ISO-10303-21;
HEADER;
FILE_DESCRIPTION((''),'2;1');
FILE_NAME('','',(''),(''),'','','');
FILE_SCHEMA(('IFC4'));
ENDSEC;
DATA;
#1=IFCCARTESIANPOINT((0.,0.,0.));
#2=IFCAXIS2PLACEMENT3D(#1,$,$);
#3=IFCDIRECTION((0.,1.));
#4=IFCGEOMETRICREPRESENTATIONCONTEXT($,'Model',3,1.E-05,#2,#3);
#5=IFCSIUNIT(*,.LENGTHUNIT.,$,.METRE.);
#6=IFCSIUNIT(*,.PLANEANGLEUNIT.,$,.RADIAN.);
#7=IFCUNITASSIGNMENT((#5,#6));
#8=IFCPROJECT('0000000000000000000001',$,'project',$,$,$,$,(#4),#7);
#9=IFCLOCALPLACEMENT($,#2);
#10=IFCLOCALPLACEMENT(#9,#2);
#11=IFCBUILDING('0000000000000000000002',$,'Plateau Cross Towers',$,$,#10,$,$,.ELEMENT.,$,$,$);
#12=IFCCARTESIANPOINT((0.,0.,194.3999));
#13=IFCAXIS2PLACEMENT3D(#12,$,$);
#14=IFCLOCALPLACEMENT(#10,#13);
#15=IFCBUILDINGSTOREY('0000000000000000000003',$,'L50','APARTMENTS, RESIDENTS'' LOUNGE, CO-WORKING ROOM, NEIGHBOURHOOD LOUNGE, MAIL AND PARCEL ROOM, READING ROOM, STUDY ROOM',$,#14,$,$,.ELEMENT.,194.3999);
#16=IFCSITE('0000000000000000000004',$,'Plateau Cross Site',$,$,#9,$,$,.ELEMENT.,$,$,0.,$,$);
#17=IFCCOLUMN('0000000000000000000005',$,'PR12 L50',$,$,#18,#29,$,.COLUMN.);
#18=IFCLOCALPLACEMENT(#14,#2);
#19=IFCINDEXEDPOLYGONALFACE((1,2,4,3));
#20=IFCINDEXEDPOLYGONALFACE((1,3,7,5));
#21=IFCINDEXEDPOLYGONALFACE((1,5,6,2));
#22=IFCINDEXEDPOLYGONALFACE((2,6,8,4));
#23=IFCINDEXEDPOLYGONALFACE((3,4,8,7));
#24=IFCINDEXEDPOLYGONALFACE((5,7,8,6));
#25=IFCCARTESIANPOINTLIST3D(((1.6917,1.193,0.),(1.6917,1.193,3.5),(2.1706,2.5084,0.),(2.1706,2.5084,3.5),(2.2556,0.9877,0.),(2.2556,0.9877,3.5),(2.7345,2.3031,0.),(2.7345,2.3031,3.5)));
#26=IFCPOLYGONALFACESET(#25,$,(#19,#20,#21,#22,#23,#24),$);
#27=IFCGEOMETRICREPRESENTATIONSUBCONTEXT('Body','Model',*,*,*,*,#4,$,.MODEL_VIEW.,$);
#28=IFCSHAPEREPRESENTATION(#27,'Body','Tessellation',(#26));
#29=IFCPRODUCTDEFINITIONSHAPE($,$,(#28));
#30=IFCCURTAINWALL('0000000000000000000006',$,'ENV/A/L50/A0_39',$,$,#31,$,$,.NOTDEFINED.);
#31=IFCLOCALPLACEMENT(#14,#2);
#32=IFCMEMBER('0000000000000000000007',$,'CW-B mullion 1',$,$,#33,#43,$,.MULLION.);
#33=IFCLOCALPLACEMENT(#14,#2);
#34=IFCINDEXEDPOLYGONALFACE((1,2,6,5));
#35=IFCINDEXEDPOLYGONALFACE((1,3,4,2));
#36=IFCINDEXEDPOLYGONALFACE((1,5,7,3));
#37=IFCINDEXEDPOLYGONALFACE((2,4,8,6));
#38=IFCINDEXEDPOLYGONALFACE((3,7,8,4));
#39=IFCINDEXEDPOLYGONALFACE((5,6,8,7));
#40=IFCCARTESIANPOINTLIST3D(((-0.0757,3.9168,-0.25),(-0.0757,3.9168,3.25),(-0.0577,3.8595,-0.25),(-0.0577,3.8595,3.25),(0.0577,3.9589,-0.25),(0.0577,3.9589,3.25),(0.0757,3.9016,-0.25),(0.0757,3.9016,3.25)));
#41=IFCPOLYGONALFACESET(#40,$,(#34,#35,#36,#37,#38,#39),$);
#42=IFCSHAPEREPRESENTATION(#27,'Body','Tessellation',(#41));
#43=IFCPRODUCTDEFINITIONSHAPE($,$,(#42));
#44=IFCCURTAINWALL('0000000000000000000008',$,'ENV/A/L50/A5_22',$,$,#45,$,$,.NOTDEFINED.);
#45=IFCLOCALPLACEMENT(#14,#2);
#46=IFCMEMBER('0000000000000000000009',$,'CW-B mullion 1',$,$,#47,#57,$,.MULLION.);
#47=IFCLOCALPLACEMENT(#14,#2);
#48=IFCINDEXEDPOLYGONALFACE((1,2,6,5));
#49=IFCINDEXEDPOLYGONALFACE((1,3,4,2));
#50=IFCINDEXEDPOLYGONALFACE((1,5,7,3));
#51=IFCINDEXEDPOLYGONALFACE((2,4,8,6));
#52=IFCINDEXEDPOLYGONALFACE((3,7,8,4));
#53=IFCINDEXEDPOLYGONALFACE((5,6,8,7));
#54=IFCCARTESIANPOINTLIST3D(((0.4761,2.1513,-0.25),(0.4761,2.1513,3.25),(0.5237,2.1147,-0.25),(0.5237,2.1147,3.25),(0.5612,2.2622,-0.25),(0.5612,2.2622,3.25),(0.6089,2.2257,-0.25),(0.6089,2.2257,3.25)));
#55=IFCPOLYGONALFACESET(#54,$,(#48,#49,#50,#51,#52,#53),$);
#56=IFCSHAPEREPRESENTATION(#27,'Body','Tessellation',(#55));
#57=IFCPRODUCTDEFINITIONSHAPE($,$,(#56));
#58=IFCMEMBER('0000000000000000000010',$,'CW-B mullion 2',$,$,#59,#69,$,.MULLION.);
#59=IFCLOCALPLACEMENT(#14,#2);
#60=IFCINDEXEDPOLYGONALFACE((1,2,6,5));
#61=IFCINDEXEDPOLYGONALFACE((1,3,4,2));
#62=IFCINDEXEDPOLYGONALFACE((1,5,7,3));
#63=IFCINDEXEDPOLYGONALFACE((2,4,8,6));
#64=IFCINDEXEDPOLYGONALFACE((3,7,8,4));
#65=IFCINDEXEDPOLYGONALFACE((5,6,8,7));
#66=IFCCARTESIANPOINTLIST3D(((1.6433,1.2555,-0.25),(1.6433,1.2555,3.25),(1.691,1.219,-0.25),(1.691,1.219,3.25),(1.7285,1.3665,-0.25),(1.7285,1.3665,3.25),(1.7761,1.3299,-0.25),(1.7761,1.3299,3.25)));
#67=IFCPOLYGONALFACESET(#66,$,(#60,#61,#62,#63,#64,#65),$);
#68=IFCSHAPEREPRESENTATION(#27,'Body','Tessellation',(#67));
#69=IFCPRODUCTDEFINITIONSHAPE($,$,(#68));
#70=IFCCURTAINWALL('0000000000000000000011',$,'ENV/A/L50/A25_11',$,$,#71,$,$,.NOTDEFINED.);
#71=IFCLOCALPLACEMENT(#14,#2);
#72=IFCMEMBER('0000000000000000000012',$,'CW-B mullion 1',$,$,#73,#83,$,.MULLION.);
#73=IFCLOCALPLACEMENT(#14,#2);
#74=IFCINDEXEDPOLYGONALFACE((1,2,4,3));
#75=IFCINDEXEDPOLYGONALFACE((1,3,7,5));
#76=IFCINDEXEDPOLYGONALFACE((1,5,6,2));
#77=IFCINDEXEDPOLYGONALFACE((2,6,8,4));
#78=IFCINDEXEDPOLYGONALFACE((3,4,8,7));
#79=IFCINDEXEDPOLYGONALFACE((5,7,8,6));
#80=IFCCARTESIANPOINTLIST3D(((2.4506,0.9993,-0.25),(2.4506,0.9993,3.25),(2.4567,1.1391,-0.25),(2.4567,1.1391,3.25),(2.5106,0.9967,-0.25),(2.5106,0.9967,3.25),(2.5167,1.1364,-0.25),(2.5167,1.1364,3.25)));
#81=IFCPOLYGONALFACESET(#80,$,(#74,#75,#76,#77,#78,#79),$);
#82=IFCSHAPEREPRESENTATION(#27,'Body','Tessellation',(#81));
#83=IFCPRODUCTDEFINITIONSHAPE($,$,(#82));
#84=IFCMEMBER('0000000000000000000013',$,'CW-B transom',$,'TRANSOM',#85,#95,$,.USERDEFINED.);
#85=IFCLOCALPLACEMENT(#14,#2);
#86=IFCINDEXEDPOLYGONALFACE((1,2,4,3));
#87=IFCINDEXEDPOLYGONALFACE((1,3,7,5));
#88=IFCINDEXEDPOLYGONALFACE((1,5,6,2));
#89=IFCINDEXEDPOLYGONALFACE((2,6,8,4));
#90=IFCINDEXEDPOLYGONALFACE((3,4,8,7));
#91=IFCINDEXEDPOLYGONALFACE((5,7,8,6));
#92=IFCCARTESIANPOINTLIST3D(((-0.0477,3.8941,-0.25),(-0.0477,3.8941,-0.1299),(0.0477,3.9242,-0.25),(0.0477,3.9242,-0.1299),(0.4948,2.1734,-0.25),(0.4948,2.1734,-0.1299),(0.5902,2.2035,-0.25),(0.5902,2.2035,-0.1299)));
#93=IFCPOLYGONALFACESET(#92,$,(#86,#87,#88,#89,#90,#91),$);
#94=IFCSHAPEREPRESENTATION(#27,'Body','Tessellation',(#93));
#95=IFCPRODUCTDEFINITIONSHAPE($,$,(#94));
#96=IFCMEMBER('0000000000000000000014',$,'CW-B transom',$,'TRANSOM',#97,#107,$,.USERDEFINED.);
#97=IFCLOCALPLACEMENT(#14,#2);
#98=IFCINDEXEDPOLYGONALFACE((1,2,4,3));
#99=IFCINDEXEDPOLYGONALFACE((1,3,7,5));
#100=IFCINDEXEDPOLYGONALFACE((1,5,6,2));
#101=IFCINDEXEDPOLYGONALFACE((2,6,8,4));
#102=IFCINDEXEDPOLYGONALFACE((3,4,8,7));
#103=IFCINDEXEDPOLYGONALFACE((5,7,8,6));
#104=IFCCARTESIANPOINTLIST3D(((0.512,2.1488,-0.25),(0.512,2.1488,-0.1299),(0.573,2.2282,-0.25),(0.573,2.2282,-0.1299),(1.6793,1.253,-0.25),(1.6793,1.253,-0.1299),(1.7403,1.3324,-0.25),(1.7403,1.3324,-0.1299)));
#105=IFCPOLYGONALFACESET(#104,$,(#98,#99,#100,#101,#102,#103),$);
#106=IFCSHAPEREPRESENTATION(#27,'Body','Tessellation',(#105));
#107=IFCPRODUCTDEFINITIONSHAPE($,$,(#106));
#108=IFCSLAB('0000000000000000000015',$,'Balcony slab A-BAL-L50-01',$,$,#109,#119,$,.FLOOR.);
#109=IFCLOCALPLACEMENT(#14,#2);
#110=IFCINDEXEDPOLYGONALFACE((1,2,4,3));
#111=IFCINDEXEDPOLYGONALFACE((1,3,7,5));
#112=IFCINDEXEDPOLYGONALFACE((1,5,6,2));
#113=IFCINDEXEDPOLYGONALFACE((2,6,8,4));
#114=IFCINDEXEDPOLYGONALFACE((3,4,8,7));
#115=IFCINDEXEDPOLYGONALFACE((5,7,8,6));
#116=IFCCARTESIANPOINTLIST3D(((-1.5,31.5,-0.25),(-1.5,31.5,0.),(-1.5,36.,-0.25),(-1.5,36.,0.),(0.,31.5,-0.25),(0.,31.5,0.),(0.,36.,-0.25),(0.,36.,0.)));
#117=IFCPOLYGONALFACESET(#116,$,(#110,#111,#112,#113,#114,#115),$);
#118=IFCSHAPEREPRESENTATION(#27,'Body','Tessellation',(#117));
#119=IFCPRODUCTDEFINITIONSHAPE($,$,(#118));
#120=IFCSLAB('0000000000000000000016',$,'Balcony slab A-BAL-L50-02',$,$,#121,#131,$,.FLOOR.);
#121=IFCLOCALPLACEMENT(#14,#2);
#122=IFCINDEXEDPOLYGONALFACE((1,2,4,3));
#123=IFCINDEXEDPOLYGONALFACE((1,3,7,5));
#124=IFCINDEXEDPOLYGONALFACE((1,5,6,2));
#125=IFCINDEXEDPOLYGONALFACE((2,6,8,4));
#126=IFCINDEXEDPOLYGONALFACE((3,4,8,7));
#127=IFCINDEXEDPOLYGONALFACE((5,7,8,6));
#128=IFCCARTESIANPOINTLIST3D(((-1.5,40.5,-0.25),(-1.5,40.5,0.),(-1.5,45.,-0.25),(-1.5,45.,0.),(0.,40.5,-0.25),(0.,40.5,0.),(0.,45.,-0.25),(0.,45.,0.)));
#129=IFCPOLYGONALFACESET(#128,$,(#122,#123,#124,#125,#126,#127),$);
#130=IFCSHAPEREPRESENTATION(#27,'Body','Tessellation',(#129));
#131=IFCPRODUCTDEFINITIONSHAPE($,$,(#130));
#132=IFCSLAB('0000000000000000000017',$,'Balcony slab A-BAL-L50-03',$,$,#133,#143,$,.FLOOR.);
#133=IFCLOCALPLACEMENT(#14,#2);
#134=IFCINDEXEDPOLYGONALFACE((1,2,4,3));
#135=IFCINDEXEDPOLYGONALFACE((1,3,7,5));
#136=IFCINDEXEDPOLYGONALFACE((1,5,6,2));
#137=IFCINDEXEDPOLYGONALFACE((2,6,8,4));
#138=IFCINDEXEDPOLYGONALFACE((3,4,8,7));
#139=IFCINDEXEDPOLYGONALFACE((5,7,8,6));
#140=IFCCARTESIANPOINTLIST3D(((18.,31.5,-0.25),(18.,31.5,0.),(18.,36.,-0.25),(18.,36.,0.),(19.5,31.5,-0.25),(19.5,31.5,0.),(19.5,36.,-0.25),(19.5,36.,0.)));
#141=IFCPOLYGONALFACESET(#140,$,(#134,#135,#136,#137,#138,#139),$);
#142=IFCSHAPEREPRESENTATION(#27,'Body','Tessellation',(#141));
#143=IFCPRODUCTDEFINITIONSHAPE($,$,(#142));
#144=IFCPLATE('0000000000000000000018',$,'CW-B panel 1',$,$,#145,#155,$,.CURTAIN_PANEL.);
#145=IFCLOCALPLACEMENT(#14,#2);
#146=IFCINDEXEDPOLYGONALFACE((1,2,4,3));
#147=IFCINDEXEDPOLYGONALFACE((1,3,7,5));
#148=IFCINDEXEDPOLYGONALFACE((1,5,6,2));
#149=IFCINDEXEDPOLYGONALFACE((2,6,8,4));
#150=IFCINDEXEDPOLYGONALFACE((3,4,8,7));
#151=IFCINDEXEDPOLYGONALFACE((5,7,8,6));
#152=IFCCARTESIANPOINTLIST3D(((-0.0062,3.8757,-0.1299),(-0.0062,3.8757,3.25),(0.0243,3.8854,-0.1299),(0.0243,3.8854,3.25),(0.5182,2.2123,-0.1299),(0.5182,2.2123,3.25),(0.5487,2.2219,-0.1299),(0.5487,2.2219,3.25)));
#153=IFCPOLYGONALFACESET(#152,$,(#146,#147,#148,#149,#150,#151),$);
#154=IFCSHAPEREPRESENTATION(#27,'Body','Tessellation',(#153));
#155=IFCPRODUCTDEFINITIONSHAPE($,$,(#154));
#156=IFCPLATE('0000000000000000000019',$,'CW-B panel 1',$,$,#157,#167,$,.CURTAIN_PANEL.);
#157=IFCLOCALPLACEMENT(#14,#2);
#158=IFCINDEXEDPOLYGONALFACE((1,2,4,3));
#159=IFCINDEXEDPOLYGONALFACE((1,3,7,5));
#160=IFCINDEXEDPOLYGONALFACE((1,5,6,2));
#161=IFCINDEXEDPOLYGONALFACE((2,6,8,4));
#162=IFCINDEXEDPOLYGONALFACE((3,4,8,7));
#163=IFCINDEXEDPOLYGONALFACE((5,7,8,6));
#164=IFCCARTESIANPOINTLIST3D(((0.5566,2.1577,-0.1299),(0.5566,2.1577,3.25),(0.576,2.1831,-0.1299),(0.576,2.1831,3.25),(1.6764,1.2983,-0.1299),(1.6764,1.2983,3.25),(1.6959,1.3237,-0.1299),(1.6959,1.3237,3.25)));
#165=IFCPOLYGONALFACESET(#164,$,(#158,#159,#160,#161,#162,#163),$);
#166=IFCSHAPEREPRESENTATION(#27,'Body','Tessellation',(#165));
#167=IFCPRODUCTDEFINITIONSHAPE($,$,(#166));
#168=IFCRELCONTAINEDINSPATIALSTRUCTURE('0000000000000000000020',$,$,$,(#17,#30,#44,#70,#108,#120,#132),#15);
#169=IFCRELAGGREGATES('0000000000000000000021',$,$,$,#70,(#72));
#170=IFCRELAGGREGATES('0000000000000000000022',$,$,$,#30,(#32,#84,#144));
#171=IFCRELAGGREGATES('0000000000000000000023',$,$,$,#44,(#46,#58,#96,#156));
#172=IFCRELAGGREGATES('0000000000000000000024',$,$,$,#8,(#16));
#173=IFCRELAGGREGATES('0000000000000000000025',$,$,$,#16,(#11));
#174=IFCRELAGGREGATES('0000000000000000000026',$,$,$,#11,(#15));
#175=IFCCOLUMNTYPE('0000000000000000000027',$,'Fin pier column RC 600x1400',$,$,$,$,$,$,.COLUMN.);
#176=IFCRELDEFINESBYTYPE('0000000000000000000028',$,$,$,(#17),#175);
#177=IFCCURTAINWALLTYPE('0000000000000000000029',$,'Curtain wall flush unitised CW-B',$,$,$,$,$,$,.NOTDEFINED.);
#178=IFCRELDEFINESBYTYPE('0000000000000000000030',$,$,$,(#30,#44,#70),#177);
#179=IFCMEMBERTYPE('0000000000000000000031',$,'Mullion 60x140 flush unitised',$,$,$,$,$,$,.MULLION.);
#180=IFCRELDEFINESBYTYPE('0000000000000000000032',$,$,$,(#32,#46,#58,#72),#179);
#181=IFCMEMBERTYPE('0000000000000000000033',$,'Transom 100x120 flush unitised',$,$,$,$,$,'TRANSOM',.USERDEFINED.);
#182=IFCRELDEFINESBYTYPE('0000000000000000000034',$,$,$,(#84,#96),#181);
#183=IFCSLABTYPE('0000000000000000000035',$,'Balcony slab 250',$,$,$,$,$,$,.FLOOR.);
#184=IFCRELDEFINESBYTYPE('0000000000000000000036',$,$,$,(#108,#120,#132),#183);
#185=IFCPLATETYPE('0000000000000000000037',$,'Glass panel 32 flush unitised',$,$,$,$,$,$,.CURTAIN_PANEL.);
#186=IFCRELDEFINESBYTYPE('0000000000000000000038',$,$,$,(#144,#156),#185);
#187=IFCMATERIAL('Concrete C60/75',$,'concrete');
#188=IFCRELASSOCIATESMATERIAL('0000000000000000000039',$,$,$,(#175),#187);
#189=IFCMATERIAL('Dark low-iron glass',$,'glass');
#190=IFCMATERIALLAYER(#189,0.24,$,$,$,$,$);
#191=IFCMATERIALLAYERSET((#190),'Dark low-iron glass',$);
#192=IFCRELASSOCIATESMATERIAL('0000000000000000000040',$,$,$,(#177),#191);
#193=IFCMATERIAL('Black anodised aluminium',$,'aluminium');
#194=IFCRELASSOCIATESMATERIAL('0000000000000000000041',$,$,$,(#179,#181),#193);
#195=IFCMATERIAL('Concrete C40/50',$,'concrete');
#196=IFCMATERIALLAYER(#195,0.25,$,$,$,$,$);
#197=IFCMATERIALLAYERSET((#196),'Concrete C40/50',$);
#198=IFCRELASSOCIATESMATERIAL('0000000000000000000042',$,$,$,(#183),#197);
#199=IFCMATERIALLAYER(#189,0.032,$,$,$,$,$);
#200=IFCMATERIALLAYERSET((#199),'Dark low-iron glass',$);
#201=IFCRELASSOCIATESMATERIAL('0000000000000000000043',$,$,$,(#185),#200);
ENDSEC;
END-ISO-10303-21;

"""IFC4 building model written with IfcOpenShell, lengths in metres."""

from ifc_helpers import new_model, si_unit, direction, frame, origin, origin_2d, place, context, subcontext, project, spatial, polyline, rectangle, outline, extrude, material, layer, layer_set, material_profile, profile_set, type_object, element, aggregate, save


model = new_model("IFC4")

# Units and contexts
model_context = context("Model", 3, precision=1e-05, world=origin(), true_north=direction((0.0, 1.0)))
body_context = subcontext(model_context, "Body", "Model", "MODEL_VIEW")
ifc_project = project(units=[si_unit("LENGTHUNIT", "METRE"), si_unit("PLANEANGLEUNIT", "RADIAN")], contexts=[model_context])

# Site, building, storey
site_placement = place(None, origin())
site = spatial("IfcSite", under=ifc_project, at=site_placement, Name="Plateau Cross Site", CompositionType="ELEMENT", RefElevation=0.0)
building_placement = place(site_placement, origin())
building = spatial("IfcBuilding", under=site, at=building_placement, Name="Plateau Cross Towers", CompositionType="ELEMENT")
storey_placement = place(building_placement, frame((0.0, 0.0, 194.3999)))
storey = spatial("IfcBuildingStorey", under=building, at=storey_placement, Name="L50", Description="APARTMENTS, RESIDENTS' LOUNGE, CO-WORKING ROOM, NEIGHBOURHOOD LOUNGE, MAIL AND PARCEL ROOM, READING ROOM, STUDY ROOM", CompositionType="ELEMENT", Elevation=194.3999)

# Column
ifc_material_1 = material(Name="Concrete C60/75", Category="concrete")
ifc_material_profile_1 = material_profile(ifc_material_1, rectangle(XDim=0.6001, YDim=1.3999, at=origin_2d()), Name="RC 600x1400")
ifc_profile_set_1 = profile_set([ifc_material_profile_1], Name="Concrete C60/75")
column_type = type_object("IfcColumnType", Name="Fin pier column RC 600x1400", PredefinedType="COLUMN", material=ifc_profile_set_1)
column_placement = place(storey_placement, frame((2.2131, 1.748, 0.0), z_axis=(0.0, 0.0, 1.0), x_axis=(-0.939664, 0.342098, 0.0)))
element("IfcColumn", 1, at=column_placement, inside=storey, type_object=column_type, Name="PR12 L50", PredefinedType="COLUMN", context=body_context, shape_type="SweptSolid", body=[
    extrude(rectangle(XDim=0.6001, YDim=1.3999, at=origin_2d()), origin(), (0.0, 0.0, 1.0), 3.5),
])

# Curtain wall, member
ifc_material_2 = material(Name="Dark low-iron glass", Category="glass")
ifc_layer_1 = layer(ifc_material_2, 0.24)
ifc_layer_set_1 = layer_set([ifc_layer_1], Name="Dark low-iron glass")
curtain_wall_type = type_object("IfcCurtainWallType", Name="Curtain wall flush unitised CW-B", PredefinedType="NOTDEFINED", material=ifc_layer_set_1)
curtain_wall_1_placement = place(storey_placement, origin())
curtain_wall_1 = element("IfcCurtainWall", 2, at=curtain_wall_1_placement, inside=storey, type_object=curtain_wall_type, Name="ENV/A/L50/A0_39", PredefinedType="NOTDEFINED")
ifc_material_3 = material(Name="Black anodised aluminium", Category="aluminium")
ifc_material_profile_2 = material_profile(ifc_material_3, rectangle(XDim=0.0601, YDim=0.1399, at=origin_2d()), Name="MULLION 60x140")
ifc_profile_set_2 = profile_set([ifc_material_profile_2], Name="Black anodised aluminium")
member_type_1 = type_object("IfcMemberType", Name="Mullion 60x140 flush unitised", PredefinedType="MULLION", material=ifc_profile_set_2)
member_1_placement = place(storey_placement, frame((0.0, 3.9092, -0.25), z_axis=(0.0, 0.0, 1.0), x_axis=(0.300686, -0.953723, 0.0)))
member_1 = element("IfcMember", 3, at=member_1_placement, type_object=member_type_1, Name="CW-B mullion 1", PredefinedType="MULLION", context=body_context, shape_type="SweptSolid", body=[
    extrude(rectangle(XDim=0.0601, YDim=0.1399, at=origin_2d()), origin(), (0.0, 0.0, 1.0), 3.5),
])

# Curtain wall, members
curtain_wall_2_placement = place(storey_placement, origin())
curtain_wall_2 = element("IfcCurtainWall", 4, at=curtain_wall_2_placement, inside=storey, type_object=curtain_wall_type, Name="ENV/A/L50/A5_22", PredefinedType="NOTDEFINED")
member_2_placement = place(storey_placement, frame((0.5425, 2.1885, -0.25), z_axis=(0.0, 0.0, 1.0), x_axis=(0.793316, -0.608811, 0.0)))
member_2 = element("IfcMember", 5, at=member_2_placement, type_object=member_type_1, Name="CW-B mullion 1", PredefinedType="MULLION", context=body_context, shape_type="SweptSolid", body=[
    extrude(rectangle(XDim=0.0601, YDim=0.1399, at=origin_2d()), origin(), (0.0, 0.0, 1.0), 3.5),
])
member_3_placement = place(storey_placement, frame((1.7097, 1.2927, -0.25), z_axis=(0.0, 0.0, 1.0), x_axis=(0.793316, -0.608811, 0.0)))
member_3 = element("IfcMember", 6, at=member_3_placement, type_object=member_type_1, Name="CW-B mullion 2", PredefinedType="MULLION", context=body_context, shape_type="SweptSolid", body=[
    extrude(rectangle(XDim=0.0601, YDim=0.1399, at=origin_2d()), origin(), (0.0, 0.0, 1.0), 3.5),
])

# Curtain wall, member
curtain_wall_3_placement = place(storey_placement, origin())
curtain_wall_3 = element("IfcCurtainWall", 7, at=curtain_wall_3_placement, inside=storey, type_object=curtain_wall_type, Name="ENV/A/L50/A25_11", PredefinedType="NOTDEFINED")
member_4_placement = place(storey_placement, frame((2.4836, 1.0679, -0.25), z_axis=(0.0, 0.0, 1.0), x_axis=(0.999044, -0.043723, 0.0)))
member_4 = element("IfcMember", 8, at=member_4_placement, type_object=member_type_1, Name="CW-B mullion 1", PredefinedType="MULLION", context=body_context, shape_type="SweptSolid", body=[
    extrude(rectangle(XDim=0.0601, YDim=0.1399, at=origin_2d()), origin(), (0.0, 0.0, 1.0), 3.5),
])
aggregate(curtain_wall_3, [member_4])

# Members
ifc_material_profile_3 = material_profile(ifc_material_3, rectangle(XDim=0.1001, YDim=0.1201, at=origin_2d()), Name="TRANSOM 100x120")
ifc_profile_set_3 = profile_set([ifc_material_profile_3], Name="Black anodised aluminium")
member_type_2 = type_object("IfcMemberType", Name="Transom 100x120 flush unitised", ElementType="TRANSOM", PredefinedType="USERDEFINED", material=ifc_profile_set_3)
member_5_placement = place(storey_placement, frame((0.0, 3.9092, -0.1899), z_axis=(0.300678, -0.953726, 0.0), x_axis=(0.953726, 0.300678, 0.0)))
member_5 = element("IfcMember", 9, at=member_5_placement, type_object=member_type_2, Name="CW-B transom", ObjectType="TRANSOM", PredefinedType="USERDEFINED", context=body_context, shape_type="SweptSolid", body=[
    extrude(rectangle(XDim=0.1001, YDim=0.1201, at=origin_2d()), origin(), (0.0, 0.0, 1.0), 1.8042),
])
member_6_placement = place(storey_placement, frame((0.5425, 2.1885, -0.1899), z_axis=(0.793321, -0.608804, 0.0), x_axis=(0.608804, 0.793321, 0.0)))
member_6 = element("IfcMember", 10, at=member_6_placement, type_object=member_type_2, Name="CW-B transom", ObjectType="TRANSOM", PredefinedType="USERDEFINED", context=body_context, shape_type="SweptSolid", body=[
    extrude(rectangle(XDim=0.1001, YDim=0.1201, at=origin_2d()), origin(), (0.0, 0.0, 1.0), 1.4714),
])

# Slabs
ifc_material_4 = material(Name="Concrete C40/50", Category="concrete")
ifc_layer_2 = layer(ifc_material_4, 0.25)
ifc_layer_set_2 = layer_set([ifc_layer_2], Name="Concrete C40/50")
slab_type_1 = type_object("IfcSlabType", Name="Balcony slab 250", PredefinedType="FLOOR", material=ifc_layer_set_2)
slab_1_placement = place(storey_placement, frame((0.0, 0.0, -0.25)))
element("IfcSlab", 11, at=slab_1_placement, inside=storey, type_object=slab_type_1, Name="Balcony slab A-BAL-L50-01", PredefinedType="FLOOR", context=body_context, shape_type="SweptSolid", body=[
    extrude(outline(polyline([(0.0, 31.5), (0.0, 36.0), (-1.5, 36.0), (-1.5, 31.5), (0.0, 31.5)])), origin(), (0.0, 0.0, 1.0), 0.25),
])
slab_2_placement = place(storey_placement, frame((0.0, 0.0, -0.25)))
element("IfcSlab", 12, at=slab_2_placement, inside=storey, type_object=slab_type_1, Name="Balcony slab A-BAL-L50-02", PredefinedType="FLOOR", context=body_context, shape_type="SweptSolid", body=[
    extrude(outline(polyline([(0.0, 40.5), (0.0, 45.0), (-1.5, 45.0), (-1.5, 40.5), (0.0, 40.5)])), origin(), (0.0, 0.0, 1.0), 0.25),
])
slab_3_placement = place(storey_placement, frame((0.0, 0.0, -0.25)))
element("IfcSlab", 13, at=slab_3_placement, inside=storey, type_object=slab_type_1, Name="Balcony slab A-BAL-L50-03", PredefinedType="FLOOR", context=body_context, shape_type="SweptSolid", body=[
    extrude(outline(polyline([(19.5, 31.5), (19.5, 36.0), (18.0, 36.0), (18.0, 31.5), (19.5, 31.5)])), origin(), (0.0, 0.0, 1.0), 0.25),
])

# Plates
ifc_layer_3 = layer(ifc_material_2, 0.032)
ifc_layer_set_3 = layer_set([ifc_layer_3], Name="Dark low-iron glass")
plate_type = type_object("IfcPlateType", Name="Glass panel 32 flush unitised", PredefinedType="CURTAIN_PANEL", material=ifc_layer_set_3)
plate_1_placement = place(storey_placement, frame((0.2712, 3.0488, -0.1299), z_axis=(0.0, 0.0, 1.0), x_axis=(0.300686, -0.953723, 0.0)))
plate_1 = element("IfcPlate", 14, at=plate_1_placement, type_object=plate_type, Name="CW-B panel 1", PredefinedType="CURTAIN_PANEL", context=body_context, shape_type="SweptSolid", body=[
    extrude(rectangle(XDim=1.7441, YDim=0.032, at=origin_2d()), origin(), (0.0, 0.0, 1.0), 3.3799),
])
aggregate(curtain_wall_1, [member_1, member_5, plate_1])
plate_2_placement = place(storey_placement, frame((1.1262, 1.7407, -0.1299), z_axis=(0.0, 0.0, 1.0), x_axis=(0.793316, -0.608811, 0.0)))
plate_2 = element("IfcPlate", 15, at=plate_2_placement, type_object=plate_type, Name="CW-B panel 1", PredefinedType="CURTAIN_PANEL", context=body_context, shape_type="SweptSolid", body=[
    extrude(rectangle(XDim=1.4116, YDim=0.032, at=origin_2d()), origin(), (0.0, 0.0, 1.0), 3.3799),
])
aggregate(curtain_wall_2, [member_2, member_3, member_6, plate_2])

save(model, "model.ifc")
